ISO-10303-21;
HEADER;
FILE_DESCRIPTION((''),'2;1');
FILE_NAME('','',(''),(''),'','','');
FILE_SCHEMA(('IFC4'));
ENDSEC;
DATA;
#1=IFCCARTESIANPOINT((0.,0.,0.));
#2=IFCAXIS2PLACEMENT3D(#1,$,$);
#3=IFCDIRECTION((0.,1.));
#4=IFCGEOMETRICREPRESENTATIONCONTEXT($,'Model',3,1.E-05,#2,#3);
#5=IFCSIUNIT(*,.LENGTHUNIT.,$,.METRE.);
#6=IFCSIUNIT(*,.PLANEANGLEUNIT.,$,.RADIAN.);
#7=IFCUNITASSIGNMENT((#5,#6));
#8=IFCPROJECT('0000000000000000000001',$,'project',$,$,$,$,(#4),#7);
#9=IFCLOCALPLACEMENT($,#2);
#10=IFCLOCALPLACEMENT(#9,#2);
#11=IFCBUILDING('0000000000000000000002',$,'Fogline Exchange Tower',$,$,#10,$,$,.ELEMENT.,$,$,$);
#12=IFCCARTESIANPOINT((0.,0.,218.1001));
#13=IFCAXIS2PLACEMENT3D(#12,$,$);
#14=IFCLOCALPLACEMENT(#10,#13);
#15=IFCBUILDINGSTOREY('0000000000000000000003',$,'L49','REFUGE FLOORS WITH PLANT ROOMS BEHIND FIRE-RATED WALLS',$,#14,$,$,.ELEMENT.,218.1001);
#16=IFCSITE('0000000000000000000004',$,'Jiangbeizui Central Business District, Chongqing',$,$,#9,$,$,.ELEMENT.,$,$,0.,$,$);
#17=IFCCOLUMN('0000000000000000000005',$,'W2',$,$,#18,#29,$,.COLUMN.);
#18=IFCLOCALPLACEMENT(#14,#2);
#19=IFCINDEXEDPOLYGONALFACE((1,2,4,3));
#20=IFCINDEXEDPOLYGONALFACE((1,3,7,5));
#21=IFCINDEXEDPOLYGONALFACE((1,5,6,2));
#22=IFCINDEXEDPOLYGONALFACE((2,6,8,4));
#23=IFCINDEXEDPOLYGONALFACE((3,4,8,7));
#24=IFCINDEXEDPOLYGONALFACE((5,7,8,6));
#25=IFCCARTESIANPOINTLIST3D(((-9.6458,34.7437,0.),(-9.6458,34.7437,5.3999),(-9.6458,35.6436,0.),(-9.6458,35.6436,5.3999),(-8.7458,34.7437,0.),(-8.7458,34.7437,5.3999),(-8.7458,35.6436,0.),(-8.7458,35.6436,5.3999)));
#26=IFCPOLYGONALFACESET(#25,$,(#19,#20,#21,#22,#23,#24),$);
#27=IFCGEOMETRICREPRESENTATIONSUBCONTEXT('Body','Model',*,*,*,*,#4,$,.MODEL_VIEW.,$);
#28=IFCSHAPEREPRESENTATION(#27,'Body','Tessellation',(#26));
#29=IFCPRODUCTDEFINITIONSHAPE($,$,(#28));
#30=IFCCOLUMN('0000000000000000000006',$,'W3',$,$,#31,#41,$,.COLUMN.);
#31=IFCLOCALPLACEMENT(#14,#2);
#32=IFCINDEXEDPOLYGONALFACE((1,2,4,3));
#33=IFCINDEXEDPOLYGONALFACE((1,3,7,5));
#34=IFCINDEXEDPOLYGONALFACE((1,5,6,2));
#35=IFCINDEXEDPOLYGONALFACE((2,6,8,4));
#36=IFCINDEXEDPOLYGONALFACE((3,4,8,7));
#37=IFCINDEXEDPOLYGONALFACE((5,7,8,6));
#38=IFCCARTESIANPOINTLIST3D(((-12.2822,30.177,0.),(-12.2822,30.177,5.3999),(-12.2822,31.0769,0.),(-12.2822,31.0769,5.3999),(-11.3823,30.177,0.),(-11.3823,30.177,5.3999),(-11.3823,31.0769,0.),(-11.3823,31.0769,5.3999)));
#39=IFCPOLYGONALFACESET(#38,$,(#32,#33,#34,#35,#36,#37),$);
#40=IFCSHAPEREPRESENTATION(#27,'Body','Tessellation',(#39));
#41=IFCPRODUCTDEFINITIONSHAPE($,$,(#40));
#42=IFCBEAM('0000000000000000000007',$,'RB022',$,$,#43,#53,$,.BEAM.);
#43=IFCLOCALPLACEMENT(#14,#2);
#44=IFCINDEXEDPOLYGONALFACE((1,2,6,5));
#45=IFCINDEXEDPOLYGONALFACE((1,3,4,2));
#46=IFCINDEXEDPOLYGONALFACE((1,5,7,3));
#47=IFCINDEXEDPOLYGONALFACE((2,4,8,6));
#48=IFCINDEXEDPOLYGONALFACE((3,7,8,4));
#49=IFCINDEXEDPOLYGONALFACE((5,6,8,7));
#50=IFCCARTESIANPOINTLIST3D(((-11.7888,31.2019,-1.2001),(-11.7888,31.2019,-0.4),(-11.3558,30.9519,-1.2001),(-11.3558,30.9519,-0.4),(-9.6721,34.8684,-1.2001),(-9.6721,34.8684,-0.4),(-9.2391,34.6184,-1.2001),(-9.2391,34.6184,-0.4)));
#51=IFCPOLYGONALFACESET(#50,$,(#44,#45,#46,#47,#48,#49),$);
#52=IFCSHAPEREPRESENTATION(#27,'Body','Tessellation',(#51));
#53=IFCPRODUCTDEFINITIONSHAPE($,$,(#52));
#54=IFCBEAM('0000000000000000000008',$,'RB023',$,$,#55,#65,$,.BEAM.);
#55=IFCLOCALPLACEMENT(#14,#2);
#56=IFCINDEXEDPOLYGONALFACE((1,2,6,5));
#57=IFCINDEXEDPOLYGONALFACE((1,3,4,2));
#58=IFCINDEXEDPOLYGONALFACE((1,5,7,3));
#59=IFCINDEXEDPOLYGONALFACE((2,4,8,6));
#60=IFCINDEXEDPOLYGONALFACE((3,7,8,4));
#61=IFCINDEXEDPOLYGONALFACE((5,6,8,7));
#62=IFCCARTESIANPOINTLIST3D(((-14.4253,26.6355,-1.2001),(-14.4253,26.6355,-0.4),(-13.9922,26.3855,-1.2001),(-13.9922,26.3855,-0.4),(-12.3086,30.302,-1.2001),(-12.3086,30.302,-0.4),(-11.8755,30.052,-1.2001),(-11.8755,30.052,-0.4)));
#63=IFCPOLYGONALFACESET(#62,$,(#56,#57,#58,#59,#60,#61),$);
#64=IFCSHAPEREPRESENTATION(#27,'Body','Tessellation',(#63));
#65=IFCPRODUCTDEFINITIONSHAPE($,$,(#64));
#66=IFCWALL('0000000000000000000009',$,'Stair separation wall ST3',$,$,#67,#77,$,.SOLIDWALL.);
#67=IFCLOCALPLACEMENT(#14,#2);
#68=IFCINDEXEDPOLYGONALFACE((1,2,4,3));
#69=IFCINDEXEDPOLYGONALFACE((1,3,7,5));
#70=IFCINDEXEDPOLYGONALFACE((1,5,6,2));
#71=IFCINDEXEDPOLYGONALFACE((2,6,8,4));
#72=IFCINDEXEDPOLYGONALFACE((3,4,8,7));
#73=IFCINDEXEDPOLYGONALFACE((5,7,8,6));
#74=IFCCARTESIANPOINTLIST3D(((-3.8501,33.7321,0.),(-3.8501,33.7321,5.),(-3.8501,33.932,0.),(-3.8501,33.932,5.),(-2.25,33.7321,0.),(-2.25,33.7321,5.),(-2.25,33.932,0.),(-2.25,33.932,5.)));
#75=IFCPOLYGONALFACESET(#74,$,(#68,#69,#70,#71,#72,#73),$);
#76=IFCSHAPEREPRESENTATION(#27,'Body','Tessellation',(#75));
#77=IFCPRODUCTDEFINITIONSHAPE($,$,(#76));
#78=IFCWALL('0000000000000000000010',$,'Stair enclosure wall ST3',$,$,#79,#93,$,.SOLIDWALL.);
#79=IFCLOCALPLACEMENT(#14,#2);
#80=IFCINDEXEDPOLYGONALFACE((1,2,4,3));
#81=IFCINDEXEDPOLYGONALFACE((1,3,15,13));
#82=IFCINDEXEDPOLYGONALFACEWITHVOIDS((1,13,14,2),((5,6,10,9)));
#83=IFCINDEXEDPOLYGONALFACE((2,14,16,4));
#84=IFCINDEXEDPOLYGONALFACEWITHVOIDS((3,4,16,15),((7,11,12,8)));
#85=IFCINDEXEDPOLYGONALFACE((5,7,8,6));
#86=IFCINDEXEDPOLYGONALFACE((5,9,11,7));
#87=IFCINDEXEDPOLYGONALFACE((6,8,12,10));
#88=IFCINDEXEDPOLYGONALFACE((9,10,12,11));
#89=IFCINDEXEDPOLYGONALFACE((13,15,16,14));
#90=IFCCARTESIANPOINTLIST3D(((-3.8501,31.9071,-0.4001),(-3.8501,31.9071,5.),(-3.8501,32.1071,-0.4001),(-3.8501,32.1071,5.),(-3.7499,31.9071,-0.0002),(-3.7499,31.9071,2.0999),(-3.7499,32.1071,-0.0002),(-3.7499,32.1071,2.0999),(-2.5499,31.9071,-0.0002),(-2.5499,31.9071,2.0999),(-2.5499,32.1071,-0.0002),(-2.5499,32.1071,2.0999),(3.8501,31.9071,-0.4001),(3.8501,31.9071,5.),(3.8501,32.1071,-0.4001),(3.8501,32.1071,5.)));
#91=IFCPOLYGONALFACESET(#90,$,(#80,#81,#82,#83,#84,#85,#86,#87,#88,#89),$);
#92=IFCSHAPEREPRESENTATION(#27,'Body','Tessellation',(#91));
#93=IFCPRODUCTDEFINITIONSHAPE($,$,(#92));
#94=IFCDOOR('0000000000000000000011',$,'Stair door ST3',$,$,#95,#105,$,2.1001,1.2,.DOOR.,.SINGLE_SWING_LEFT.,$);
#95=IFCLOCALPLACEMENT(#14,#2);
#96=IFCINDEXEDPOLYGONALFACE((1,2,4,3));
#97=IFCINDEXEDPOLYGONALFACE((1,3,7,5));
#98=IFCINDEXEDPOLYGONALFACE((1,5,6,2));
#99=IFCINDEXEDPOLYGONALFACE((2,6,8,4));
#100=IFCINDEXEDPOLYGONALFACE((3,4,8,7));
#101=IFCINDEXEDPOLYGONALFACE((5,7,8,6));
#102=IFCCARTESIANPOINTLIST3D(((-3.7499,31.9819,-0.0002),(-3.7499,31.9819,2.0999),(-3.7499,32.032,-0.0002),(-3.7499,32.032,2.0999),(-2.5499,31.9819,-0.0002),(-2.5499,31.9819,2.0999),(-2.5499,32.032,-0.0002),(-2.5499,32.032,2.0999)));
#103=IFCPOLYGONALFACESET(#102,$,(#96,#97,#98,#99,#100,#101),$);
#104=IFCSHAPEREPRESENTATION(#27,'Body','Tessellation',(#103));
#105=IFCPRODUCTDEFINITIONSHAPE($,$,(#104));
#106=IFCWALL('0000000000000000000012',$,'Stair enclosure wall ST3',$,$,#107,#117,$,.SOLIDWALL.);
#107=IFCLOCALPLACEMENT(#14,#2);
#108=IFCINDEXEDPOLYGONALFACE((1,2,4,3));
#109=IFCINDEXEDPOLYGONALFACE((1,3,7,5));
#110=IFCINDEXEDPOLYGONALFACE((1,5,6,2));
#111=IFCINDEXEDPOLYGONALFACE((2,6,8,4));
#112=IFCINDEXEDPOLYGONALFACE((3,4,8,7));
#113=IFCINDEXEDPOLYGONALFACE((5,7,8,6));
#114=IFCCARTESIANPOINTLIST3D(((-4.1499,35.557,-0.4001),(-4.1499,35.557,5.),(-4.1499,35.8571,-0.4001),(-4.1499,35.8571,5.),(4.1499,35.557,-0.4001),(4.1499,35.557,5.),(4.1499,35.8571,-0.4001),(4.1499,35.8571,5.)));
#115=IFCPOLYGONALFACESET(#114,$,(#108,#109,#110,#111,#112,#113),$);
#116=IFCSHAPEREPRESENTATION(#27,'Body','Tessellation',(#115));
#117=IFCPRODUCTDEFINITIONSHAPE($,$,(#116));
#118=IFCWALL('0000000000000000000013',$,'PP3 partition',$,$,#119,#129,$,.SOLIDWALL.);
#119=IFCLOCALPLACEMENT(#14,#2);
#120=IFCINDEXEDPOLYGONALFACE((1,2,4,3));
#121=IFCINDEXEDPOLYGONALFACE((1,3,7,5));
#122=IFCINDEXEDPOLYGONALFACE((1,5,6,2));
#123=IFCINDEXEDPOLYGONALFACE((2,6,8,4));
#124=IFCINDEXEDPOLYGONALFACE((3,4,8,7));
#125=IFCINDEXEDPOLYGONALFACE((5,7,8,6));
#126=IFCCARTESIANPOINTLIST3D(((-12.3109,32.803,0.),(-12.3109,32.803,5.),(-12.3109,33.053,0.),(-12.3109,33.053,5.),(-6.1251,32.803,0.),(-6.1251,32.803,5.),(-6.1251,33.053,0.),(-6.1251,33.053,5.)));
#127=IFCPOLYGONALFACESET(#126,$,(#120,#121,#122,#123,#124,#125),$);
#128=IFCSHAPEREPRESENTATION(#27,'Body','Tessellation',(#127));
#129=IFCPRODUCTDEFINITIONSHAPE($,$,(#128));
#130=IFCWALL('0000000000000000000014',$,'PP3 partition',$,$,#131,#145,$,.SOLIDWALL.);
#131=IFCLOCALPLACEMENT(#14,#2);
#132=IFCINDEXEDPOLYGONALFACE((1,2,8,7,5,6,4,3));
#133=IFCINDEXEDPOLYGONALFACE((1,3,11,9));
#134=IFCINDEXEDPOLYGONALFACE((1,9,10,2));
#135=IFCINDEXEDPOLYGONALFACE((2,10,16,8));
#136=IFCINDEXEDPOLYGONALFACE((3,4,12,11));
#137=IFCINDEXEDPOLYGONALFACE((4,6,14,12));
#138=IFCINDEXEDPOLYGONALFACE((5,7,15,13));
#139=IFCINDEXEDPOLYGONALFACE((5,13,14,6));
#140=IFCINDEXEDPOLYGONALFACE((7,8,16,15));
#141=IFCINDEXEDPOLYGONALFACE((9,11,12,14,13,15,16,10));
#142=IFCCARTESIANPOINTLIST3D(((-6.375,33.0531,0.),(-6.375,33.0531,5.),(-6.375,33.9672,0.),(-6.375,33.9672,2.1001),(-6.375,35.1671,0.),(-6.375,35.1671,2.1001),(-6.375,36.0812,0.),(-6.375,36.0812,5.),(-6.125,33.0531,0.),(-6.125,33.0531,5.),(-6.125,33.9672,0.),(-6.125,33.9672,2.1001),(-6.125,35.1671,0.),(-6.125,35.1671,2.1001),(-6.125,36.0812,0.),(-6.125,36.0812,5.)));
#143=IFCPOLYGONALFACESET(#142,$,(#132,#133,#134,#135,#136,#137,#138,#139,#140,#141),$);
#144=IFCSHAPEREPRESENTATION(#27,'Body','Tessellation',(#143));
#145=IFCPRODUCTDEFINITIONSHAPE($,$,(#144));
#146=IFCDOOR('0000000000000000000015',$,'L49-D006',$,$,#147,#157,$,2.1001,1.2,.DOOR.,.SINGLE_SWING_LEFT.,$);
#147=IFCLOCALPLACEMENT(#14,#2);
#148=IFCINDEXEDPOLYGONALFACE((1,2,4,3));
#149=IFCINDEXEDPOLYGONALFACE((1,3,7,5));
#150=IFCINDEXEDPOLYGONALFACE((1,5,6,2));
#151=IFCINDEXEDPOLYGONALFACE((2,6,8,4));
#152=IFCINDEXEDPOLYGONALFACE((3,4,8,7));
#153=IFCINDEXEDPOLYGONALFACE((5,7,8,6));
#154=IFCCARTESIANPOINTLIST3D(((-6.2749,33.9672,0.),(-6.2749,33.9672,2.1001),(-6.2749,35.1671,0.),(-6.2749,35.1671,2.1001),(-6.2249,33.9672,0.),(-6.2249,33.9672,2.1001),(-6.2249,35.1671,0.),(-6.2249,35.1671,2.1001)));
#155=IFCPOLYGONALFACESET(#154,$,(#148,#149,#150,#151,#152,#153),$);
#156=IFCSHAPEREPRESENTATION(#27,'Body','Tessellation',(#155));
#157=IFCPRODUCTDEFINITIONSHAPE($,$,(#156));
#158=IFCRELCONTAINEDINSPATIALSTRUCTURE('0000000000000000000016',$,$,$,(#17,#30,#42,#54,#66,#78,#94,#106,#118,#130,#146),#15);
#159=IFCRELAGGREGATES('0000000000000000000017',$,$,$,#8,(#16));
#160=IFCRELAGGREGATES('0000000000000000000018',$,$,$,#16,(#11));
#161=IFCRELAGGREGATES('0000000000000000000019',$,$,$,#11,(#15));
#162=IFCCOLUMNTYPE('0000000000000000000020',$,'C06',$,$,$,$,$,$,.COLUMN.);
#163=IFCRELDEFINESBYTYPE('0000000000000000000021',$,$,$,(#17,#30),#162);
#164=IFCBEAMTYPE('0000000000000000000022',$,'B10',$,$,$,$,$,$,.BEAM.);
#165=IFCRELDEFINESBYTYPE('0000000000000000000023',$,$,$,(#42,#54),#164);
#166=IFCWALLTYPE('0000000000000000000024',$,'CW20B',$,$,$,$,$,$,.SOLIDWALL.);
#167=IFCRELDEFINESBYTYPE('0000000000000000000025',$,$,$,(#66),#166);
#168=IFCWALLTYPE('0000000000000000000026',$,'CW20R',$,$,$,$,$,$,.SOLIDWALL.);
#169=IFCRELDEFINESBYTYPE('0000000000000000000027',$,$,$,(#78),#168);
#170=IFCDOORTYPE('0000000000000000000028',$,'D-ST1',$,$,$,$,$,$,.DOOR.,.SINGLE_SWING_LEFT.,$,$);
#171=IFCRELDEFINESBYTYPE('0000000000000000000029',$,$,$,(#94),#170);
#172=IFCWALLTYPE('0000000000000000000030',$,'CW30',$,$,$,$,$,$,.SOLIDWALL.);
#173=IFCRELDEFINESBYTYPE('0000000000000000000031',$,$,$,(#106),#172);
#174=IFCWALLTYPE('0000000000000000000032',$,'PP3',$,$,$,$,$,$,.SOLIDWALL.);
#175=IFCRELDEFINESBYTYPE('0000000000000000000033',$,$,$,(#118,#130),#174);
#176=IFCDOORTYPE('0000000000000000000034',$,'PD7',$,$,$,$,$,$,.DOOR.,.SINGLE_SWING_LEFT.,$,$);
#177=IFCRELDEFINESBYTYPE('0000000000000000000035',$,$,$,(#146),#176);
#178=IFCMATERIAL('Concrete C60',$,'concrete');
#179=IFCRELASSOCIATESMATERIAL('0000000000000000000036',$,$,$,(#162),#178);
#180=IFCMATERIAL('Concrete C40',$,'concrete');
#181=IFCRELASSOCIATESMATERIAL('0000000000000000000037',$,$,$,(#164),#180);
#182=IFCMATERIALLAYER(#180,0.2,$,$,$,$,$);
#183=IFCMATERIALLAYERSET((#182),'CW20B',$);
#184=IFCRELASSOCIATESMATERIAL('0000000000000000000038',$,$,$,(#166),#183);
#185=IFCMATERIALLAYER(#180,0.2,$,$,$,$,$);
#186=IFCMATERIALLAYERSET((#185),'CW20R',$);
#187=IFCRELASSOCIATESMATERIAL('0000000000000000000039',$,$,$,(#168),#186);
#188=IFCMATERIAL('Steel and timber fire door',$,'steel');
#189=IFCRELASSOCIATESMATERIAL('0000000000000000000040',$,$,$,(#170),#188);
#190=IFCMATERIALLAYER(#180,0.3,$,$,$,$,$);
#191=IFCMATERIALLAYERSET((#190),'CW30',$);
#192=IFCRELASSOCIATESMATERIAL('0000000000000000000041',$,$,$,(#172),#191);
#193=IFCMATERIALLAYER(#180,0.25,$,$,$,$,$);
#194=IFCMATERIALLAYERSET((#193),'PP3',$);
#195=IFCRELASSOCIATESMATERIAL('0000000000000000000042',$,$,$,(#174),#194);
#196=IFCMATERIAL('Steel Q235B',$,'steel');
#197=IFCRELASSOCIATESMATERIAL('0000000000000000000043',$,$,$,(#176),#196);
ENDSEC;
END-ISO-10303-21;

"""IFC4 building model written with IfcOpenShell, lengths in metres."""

from ifc_helpers import new_model, si_unit, direction, frame, frame_2d, origin, origin_2d, place, context, subcontext, project, spatial, rectangle, extrude, material, layer, layer_set, material_profile, profile_set, type_object, element, fill, save


model = new_model("IFC4")

# Units and contexts
model_context = context("Model", 3, precision=1e-05, world=origin(), true_north=direction((0.0, 1.0)))
body_context = subcontext(model_context, "Body", "Model", "MODEL_VIEW")
ifc_project = project(units=[si_unit("LENGTHUNIT", "METRE"), si_unit("PLANEANGLEUNIT", "RADIAN")], contexts=[model_context])

# Site, building, storey
site_placement = place(None, origin())
site = spatial("IfcSite", under=ifc_project, at=site_placement, Name="Jiangbeizui Central Business District, Chongqing", CompositionType="ELEMENT", RefElevation=0.0)
building_placement = place(site_placement, origin())
building = spatial("IfcBuilding", under=site, at=building_placement, Name="Fogline Exchange Tower", CompositionType="ELEMENT")
storey_placement = place(building_placement, frame((0.0, 0.0, 218.1001)))
storey = spatial("IfcBuildingStorey", under=building, at=storey_placement, Name="L49", Description="REFUGE FLOORS WITH PLANT ROOMS BEHIND FIRE-RATED WALLS", CompositionType="ELEMENT", Elevation=218.1001)

# Columns
ifc_material_1 = material(Name="Concrete C60", Category="concrete")
ifc_material_profile_1 = material_profile(ifc_material_1, rectangle(XDim=0.8999, YDim=0.8999, at=origin_2d()), Name="RC 900x900")
ifc_profile_set_1 = profile_set([ifc_material_profile_1], Name="Concrete C60")
column_type = type_object("IfcColumnType", Name="C06", PredefinedType="COLUMN", material=ifc_profile_set_1)
for number, where, z_axis, x_axis, name in (
    (1, (-9.1958, 35.1936, 0.0), (0.0, 0.0, 1.0), (1.0, 0.0, 0.0), "W2"),
    (2, (-11.8323, 30.627, 0.0), (0.0, 0.0, 1.0), (1.0, 0.0, 0.0), "W3"),
):
    element("IfcColumn", number, at=place(storey_placement, frame(where, z_axis=z_axis, x_axis=x_axis)), inside=storey, type_object=column_type, Name=name, PredefinedType="COLUMN", context=body_context, shape_type="SweptSolid", body=[
        extrude(rectangle(XDim=0.8999, YDim=0.8999, at=origin_2d()), origin(), (0.0, 0.0, 1.0), 5.3999),
    ])

# Beams
ifc_material_2 = material(Name="Concrete C40", Category="concrete")
ifc_material_profile_2 = material_profile(ifc_material_2, rectangle(XDim=0.5, YDim=0.8, at=origin_2d()), Name="RC 500x800")
ifc_profile_set_2 = profile_set([ifc_material_profile_2], Name="Concrete C40")
beam_type = type_object("IfcBeamType", Name="B10", PredefinedType="BEAM", material=ifc_profile_set_2)
for number, where, z_axis, x_axis, name in (
    (3, (-9.4556, 34.7434, -0.8), (-0.499972, -0.866042, 0.0), (0.866042, -0.499972, 0.0), "RB022"),
    (4, (-12.092, 30.177, -0.8), (-0.499972, -0.866042, 0.0), (0.866042, -0.499972, 0.0), "RB023"),
):
    element("IfcBeam", number, at=place(storey_placement, frame(where, z_axis=z_axis, x_axis=x_axis)), inside=storey, type_object=beam_type, Name=name, PredefinedType="BEAM", context=body_context, shape_type="SweptSolid", body=[
        extrude(rectangle(XDim=0.5, YDim=0.8, at=origin_2d()), origin(), (0.0, 0.0, 1.0), 4.2336),
    ])

# Wall
ifc_layer_1 = layer(ifc_material_2, 0.2)
ifc_layer_set_1 = layer_set([ifc_layer_1], Name="CW20B")
wall_type_1 = type_object("IfcWallType", Name="CW20B", PredefinedType="SOLIDWALL", material=ifc_layer_set_1)
wall_1_placement = place(storey_placement, frame((-3.8501, 33.832, 0.0), z_axis=(0.0, 0.0, 1.0), x_axis=(1.0, 0.0, 0.0)))
element("IfcWall", 5, at=wall_1_placement, inside=storey, type_object=wall_type_1, Name="Stair separation wall ST3", PredefinedType="SOLIDWALL", context=body_context, shape_type="SweptSolid", body=[
    extrude(rectangle(XDim=1.6001, YDim=0.2, at=frame_2d((0.8, 0.0))), origin(), (0.0, 0.0, 1.0), 5.0),
])

# Wall, opening, door
ifc_layer_2 = layer(ifc_material_2, 0.2)
ifc_layer_set_2 = layer_set([ifc_layer_2], Name="CW20R")
wall_type_2 = type_object("IfcWallType", Name="CW20R", PredefinedType="SOLIDWALL", material=ifc_layer_set_2)
wall_2_placement = place(storey_placement, frame((-3.8501, 32.0071, -0.4001), z_axis=(0.0, 0.0, 1.0), x_axis=(1.0, 0.0, 0.0)))
wall_2 = element("IfcWall", 6, at=wall_2_placement, inside=storey, type_object=wall_type_2, Name="Stair enclosure wall ST3", PredefinedType="SOLIDWALL", context=body_context, shape_type="SweptSolid", body=[
    extrude(rectangle(XDim=7.7002, YDim=0.2, at=frame_2d((3.8501, 0.0))), origin(), (0.0, 0.0, 1.0), 5.4001),
])
opening_1_placement = place(wall_2_placement, frame((0.1001, 0.0, 0.3999)))
opening_1 = element("IfcOpeningElement", 7, at=opening_1_placement, cuts=wall_2, PredefinedType="OPENING", context=body_context, shape_type="SweptSolid", body=[
    extrude(rectangle(XDim=1.2, YDim=2.1001, at=frame_2d((0.6001, 1.05))), frame((0.0, 0.1099, 0.0), z_axis=(0.0, -1.0, 0.0), x_axis=(1.0, 0.0, 0.0)), (0.0, 0.0, 1.0), 0.22),
])
ifc_material_3 = material(Name="Steel and timber fire door", Category="steel")
door_type_1 = type_object("IfcDoorType", Name="D-ST1", OperationType="SINGLE_SWING_LEFT", PredefinedType="DOOR", material=ifc_material_3)
door_1_placement = place(opening_1_placement, origin())
door_1 = element("IfcDoor", 8, at=door_1_placement, inside=storey, type_object=door_type_1, Name="Stair door ST3", OperationType="SINGLE_SWING_LEFT", OverallHeight=2.1001, OverallWidth=1.2, PredefinedType="DOOR", context=body_context, shape_type="SweptSolid", body=[
    extrude(rectangle(XDim=1.2, YDim=2.1001, at=frame_2d((0.6001, 1.05))), frame((0.0, 0.0249, 0.0), z_axis=(0.0, -1.0, 0.0), x_axis=(1.0, 0.0, 0.0)), (0.0, 0.0, 1.0), 0.05),
])
fill(opening_1, door_1)

# Walls
ifc_layer_3 = layer(ifc_material_2, 0.3)
ifc_layer_set_3 = layer_set([ifc_layer_3], Name="CW30")
wall_type_3 = type_object("IfcWallType", Name="CW30", PredefinedType="SOLIDWALL", material=ifc_layer_set_3)
wall_3_placement = place(storey_placement, frame((-4.1499, 35.707, -0.4001), z_axis=(0.0, 0.0, 1.0), x_axis=(1.0, 0.0, 0.0)))
element("IfcWall", 9, at=wall_3_placement, inside=storey, type_object=wall_type_3, Name="Stair enclosure wall ST3", PredefinedType="SOLIDWALL", context=body_context, shape_type="SweptSolid", body=[
    extrude(rectangle(XDim=8.2998, YDim=0.3, at=frame_2d((4.1499, 0.0))), origin(), (0.0, 0.0, 1.0), 5.4001),
])
ifc_layer_4 = layer(ifc_material_2, 0.25)
ifc_layer_set_4 = layer_set([ifc_layer_4], Name="PP3")
wall_type_4 = type_object("IfcWallType", Name="PP3", PredefinedType="SOLIDWALL", material=ifc_layer_set_4)
wall_4_placement = place(storey_placement, frame((-12.3108, 32.928, 0.0), z_axis=(0.0, 0.0, 1.0), x_axis=(1.0, 0.0, 0.0)))
element("IfcWall", 10, at=wall_4_placement, inside=storey, type_object=wall_type_4, Name="PP3 partition", PredefinedType="SOLIDWALL", context=body_context, shape_type="SweptSolid", body=[
    extrude(rectangle(XDim=6.1858, YDim=0.25, at=frame_2d((3.0928, 0.0))), origin(), (0.0, 0.0, 1.0), 5.0),
])

# Wall, opening, door
wall_5_placement = place(storey_placement, frame((-6.25, 33.053, 0.0), z_axis=(0.0, 0.0, 1.0), x_axis=(0.0, 1.0, 0.0)))
wall_5 = element("IfcWall", 11, at=wall_5_placement, inside=storey, type_object=wall_type_4, Name="PP3 partition", PredefinedType="SOLIDWALL", context=body_context, shape_type="SweptSolid", body=[
    extrude(rectangle(XDim=3.0281, YDim=0.25, at=frame_2d((1.5142, 0.0))), origin(), (0.0, 0.0, 1.0), 5.0),
])
opening_2_placement = place(wall_5_placement, frame((0.9141, 0.0, 0.0)))
opening_2 = element("IfcOpeningElement", 12, at=opening_2_placement, cuts=wall_5, PredefinedType="OPENING", context=body_context, shape_type="SweptSolid", body=[
    extrude(rectangle(XDim=1.2, YDim=2.1001, at=frame_2d((0.6001, 1.05))), frame((0.0, 0.135, 0.0), z_axis=(0.0, -1.0, 0.0), x_axis=(1.0, 0.0, 0.0)), (0.0, 0.0, 1.0), 0.27),
])
ifc_material_4 = material(Name="Steel Q235B", Category="steel")
door_type_2 = type_object("IfcDoorType", Name="PD7", OperationType="SINGLE_SWING_LEFT", PredefinedType="DOOR", material=ifc_material_4)
door_2_placement = place(opening_2_placement, origin())
door_2 = element("IfcDoor", 13, at=door_2_placement, inside=storey, type_object=door_type_2, Name="L49-D006", OperationType="SINGLE_SWING_LEFT", OverallHeight=2.1001, OverallWidth=1.2, PredefinedType="DOOR", context=body_context, shape_type="SweptSolid", body=[
    extrude(rectangle(XDim=1.2, YDim=2.1001, at=frame_2d((0.6001, 1.05))), frame((0.0, 0.0249, 0.0), z_axis=(0.0, -1.0, 0.0), x_axis=(1.0, 0.0, 0.0)), (0.0, 0.0, 1.0), 0.05),
])
fill(opening_2, door_2)

save(model, "model.ifc")
